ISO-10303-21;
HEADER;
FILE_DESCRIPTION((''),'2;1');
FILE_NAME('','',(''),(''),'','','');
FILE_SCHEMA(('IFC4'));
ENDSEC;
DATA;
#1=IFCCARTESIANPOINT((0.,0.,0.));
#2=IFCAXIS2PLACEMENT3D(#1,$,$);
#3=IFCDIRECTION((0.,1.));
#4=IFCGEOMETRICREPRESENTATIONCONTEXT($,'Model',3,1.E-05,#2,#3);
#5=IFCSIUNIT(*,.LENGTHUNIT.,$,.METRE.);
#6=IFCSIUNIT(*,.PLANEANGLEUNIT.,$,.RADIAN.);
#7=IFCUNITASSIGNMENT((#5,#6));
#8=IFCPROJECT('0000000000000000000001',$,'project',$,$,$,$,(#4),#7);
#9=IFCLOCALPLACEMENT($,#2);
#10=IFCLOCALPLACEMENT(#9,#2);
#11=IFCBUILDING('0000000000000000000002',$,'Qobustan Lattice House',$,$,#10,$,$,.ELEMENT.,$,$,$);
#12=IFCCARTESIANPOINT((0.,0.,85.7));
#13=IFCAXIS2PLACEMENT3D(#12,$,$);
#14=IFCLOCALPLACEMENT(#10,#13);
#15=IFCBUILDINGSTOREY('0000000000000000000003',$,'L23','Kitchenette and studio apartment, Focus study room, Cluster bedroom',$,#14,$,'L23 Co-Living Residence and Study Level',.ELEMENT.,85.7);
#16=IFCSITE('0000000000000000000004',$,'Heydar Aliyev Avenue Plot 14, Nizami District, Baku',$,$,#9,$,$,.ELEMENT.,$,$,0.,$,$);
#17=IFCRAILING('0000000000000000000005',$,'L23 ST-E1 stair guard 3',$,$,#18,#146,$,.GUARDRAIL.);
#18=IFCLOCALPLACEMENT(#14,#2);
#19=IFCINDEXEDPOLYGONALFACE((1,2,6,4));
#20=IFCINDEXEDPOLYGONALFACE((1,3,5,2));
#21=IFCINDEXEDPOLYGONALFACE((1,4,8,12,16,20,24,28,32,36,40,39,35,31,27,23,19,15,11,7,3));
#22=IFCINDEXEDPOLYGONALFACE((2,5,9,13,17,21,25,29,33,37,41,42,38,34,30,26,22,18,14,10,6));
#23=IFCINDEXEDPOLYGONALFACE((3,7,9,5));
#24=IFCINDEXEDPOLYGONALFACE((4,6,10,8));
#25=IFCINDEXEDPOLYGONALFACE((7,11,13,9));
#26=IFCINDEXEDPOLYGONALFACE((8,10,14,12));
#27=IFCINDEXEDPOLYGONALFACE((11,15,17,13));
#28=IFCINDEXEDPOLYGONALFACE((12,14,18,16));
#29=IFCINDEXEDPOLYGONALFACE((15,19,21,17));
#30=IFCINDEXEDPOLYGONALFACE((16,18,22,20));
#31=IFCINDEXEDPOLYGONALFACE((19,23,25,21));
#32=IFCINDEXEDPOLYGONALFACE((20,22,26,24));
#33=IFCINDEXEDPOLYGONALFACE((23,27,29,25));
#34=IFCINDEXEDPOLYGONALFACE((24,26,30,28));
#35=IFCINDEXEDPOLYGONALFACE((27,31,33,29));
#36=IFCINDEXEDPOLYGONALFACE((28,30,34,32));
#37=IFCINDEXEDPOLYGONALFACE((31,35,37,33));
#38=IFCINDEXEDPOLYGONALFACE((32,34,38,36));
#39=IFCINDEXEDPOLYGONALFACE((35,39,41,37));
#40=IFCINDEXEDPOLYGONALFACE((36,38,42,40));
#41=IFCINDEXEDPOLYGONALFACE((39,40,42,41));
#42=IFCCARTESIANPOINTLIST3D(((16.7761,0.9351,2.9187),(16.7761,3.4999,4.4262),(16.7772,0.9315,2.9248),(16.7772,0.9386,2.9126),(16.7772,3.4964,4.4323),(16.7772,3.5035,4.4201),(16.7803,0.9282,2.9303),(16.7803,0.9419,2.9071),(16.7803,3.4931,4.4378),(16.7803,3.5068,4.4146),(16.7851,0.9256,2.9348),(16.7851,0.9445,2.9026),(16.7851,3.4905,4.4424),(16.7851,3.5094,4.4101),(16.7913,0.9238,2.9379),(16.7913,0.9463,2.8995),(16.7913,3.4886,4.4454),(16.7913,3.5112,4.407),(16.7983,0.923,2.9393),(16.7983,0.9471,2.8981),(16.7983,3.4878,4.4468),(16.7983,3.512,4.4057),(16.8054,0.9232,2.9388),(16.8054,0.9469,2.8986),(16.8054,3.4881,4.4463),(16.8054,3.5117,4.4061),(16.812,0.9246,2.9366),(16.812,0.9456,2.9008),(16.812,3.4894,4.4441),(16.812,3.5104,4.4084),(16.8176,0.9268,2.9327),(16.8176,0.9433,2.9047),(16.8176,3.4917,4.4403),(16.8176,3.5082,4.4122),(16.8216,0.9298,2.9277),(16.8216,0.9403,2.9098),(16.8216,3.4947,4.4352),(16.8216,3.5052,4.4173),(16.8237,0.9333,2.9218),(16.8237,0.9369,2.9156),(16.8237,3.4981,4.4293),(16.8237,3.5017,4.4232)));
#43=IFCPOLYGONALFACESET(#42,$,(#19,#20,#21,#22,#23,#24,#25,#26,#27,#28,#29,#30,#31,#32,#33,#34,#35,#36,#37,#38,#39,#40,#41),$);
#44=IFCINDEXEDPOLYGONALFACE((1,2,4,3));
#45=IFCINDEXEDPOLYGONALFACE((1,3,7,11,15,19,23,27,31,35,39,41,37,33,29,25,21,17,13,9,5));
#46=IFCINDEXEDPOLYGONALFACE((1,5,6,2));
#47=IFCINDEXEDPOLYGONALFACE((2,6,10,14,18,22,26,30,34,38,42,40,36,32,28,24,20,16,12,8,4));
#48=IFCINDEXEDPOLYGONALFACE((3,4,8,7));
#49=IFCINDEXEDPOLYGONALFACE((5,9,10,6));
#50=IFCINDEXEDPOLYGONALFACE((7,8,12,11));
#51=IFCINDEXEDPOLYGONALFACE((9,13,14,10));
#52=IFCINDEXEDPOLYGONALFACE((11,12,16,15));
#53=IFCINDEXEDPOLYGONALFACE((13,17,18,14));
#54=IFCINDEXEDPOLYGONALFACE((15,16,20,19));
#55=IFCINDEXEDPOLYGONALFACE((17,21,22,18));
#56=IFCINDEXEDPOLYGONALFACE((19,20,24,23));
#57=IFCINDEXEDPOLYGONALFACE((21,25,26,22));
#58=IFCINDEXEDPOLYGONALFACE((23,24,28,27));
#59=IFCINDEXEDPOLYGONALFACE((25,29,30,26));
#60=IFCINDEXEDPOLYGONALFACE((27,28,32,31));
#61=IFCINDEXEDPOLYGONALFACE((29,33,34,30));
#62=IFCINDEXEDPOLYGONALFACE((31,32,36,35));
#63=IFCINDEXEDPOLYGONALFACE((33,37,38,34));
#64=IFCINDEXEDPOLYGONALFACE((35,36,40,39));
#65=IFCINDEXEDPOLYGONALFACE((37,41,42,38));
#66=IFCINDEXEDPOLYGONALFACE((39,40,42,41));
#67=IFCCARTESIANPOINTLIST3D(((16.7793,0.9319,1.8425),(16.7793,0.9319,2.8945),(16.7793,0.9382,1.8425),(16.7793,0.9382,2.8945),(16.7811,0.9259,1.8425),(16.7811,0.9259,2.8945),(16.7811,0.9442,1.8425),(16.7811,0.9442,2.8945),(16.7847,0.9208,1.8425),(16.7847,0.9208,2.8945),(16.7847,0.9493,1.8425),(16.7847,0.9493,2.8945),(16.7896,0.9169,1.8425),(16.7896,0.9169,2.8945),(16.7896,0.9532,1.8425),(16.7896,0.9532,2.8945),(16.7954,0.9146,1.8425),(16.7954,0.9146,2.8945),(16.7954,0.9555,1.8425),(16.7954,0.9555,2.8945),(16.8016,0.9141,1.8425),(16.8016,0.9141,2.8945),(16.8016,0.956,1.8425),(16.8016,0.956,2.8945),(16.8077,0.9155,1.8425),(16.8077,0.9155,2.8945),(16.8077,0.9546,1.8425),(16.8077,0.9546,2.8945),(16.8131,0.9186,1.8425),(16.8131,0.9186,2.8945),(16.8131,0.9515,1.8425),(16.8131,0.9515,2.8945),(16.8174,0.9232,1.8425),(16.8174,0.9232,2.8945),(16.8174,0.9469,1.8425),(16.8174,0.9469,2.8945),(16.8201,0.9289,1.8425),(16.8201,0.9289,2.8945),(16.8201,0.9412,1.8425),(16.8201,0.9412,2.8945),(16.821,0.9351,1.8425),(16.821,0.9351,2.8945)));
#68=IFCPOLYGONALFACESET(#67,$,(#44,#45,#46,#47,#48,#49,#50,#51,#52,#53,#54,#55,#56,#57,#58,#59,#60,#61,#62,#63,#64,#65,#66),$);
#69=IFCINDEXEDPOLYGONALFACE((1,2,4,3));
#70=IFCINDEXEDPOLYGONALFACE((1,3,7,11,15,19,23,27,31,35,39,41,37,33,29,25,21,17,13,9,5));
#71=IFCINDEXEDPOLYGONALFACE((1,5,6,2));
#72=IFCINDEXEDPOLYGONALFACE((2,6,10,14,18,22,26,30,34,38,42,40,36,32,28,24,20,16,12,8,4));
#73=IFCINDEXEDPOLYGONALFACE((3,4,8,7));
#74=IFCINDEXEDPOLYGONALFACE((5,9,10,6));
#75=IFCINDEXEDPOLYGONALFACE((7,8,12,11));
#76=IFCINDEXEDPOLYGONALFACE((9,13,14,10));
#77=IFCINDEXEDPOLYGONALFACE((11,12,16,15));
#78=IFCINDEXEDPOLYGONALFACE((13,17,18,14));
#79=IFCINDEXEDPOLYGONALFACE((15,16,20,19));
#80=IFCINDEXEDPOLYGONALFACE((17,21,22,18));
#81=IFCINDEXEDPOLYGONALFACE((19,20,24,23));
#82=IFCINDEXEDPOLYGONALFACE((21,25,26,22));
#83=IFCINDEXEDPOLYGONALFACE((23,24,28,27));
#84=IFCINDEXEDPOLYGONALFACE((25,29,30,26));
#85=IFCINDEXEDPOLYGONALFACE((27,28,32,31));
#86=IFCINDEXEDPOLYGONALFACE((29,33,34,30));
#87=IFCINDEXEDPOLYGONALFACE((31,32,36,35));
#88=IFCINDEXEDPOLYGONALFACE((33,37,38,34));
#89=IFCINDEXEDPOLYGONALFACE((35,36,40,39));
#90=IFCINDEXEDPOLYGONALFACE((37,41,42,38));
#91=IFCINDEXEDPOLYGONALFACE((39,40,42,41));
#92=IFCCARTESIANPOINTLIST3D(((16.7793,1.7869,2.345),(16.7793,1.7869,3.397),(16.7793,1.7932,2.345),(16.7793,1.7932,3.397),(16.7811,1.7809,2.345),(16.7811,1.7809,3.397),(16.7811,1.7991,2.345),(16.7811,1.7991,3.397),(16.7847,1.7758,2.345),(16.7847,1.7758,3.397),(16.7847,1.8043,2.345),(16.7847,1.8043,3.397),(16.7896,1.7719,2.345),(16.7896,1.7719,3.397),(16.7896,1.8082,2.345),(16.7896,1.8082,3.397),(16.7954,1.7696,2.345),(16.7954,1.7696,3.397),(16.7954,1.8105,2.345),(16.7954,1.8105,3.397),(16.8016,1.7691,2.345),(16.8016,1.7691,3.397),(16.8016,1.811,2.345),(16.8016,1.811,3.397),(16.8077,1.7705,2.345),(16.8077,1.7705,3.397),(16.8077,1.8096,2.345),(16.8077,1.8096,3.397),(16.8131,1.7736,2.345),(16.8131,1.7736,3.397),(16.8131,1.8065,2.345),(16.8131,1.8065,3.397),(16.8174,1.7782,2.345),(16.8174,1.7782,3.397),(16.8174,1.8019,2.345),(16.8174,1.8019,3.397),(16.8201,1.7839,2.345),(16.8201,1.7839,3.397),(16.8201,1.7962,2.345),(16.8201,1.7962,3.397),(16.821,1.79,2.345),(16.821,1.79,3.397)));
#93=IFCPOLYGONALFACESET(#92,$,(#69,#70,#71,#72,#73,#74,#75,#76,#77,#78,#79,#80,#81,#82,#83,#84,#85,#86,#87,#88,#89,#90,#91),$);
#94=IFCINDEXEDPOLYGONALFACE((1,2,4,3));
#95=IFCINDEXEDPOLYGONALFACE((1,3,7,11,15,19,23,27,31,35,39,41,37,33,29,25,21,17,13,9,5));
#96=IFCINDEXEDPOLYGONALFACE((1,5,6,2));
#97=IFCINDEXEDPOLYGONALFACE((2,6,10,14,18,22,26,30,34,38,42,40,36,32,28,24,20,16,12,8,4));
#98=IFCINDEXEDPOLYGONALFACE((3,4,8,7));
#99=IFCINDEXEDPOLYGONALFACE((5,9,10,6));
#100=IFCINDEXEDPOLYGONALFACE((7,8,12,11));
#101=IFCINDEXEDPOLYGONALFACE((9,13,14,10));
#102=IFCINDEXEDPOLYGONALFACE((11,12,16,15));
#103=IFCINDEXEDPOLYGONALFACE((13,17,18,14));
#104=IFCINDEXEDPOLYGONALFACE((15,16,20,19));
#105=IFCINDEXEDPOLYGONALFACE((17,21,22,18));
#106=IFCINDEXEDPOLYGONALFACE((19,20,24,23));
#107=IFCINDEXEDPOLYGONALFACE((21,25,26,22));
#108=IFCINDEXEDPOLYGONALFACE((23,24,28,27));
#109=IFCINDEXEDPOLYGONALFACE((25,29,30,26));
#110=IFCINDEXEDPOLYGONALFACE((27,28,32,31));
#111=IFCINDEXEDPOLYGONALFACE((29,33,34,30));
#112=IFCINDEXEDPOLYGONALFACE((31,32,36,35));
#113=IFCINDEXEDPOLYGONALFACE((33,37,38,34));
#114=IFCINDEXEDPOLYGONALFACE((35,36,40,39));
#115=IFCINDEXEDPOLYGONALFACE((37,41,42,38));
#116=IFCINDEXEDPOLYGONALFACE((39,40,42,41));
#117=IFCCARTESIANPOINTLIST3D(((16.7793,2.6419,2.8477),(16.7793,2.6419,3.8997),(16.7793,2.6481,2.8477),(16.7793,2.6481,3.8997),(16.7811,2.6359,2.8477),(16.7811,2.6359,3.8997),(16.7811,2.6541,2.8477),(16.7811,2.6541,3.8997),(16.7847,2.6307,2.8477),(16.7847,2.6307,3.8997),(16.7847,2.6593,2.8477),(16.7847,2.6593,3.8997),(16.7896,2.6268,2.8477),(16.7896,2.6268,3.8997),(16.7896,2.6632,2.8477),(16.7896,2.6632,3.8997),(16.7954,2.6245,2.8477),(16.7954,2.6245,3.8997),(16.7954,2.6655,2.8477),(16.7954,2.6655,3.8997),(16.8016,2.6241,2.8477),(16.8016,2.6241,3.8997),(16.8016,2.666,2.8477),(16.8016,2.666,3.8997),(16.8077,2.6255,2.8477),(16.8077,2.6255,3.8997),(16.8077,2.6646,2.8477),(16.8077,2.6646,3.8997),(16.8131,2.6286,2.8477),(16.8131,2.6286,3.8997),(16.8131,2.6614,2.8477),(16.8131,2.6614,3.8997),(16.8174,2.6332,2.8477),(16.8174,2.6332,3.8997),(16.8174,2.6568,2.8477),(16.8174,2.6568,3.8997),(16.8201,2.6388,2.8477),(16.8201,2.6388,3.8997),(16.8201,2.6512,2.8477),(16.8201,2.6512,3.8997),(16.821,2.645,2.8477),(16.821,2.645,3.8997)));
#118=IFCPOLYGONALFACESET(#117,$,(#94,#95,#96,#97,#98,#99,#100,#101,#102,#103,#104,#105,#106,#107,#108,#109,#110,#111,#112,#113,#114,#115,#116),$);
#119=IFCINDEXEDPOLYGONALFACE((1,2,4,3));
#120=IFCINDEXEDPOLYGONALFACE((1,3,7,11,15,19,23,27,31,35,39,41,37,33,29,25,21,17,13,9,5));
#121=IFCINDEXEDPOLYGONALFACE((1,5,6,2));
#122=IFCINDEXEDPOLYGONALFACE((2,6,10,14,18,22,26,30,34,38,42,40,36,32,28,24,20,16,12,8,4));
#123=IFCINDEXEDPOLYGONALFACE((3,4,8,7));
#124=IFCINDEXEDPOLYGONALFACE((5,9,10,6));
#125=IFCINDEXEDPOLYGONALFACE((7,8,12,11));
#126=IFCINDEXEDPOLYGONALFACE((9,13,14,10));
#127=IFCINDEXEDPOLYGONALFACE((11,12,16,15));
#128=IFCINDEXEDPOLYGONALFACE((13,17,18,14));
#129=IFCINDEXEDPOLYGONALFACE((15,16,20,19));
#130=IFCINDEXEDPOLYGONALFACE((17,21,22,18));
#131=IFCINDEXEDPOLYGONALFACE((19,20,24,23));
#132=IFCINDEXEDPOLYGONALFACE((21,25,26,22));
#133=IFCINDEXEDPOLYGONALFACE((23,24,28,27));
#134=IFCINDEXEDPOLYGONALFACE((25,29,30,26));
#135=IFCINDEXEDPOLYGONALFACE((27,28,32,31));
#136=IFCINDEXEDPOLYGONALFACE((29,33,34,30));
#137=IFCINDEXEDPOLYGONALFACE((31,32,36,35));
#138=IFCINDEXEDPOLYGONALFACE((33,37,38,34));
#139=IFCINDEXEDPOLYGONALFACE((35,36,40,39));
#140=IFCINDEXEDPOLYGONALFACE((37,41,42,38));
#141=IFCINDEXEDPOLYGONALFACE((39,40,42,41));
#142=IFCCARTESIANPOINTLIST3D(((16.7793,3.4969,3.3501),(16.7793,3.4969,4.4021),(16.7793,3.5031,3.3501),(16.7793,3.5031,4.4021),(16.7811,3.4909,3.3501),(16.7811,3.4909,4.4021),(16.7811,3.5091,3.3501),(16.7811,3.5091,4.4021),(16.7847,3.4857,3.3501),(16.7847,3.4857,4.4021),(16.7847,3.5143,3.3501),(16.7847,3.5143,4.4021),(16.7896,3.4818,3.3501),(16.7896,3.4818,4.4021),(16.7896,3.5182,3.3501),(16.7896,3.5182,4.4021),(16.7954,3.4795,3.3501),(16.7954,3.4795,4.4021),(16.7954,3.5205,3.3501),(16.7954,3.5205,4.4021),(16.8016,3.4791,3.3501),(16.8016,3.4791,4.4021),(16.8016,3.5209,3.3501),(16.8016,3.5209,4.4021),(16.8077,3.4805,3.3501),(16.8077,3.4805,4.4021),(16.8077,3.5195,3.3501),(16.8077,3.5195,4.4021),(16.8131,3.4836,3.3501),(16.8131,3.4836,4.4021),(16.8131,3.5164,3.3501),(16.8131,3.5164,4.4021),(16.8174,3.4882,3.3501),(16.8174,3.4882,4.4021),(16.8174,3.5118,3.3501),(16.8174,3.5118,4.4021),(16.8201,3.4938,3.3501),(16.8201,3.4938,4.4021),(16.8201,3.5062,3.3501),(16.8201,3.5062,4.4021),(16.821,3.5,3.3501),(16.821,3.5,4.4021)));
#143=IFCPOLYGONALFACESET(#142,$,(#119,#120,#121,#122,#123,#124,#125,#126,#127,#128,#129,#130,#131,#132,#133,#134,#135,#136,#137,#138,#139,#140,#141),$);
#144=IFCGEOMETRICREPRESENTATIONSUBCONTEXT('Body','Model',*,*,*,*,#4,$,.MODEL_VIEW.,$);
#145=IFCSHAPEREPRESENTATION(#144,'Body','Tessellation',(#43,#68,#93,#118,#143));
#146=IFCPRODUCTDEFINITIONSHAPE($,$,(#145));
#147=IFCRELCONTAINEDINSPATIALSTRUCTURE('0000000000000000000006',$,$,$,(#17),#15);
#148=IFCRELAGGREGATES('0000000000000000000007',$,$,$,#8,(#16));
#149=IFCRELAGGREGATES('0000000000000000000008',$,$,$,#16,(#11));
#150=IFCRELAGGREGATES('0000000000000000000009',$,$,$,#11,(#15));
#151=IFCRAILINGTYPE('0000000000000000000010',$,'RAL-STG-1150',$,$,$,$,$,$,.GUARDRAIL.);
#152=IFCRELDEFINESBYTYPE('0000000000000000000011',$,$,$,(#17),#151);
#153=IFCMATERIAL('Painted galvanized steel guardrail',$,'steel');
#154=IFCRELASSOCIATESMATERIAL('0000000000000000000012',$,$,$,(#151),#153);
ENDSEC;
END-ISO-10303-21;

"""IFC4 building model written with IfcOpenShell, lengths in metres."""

from ifc_helpers import new_model, si_unit, direction, frame, origin, origin_2d, place, context, subcontext, project, spatial, circle, extrude, material, type_object, element, save


model = new_model("IFC4")

# Units and contexts
model_context = context("Model", 3, precision=1e-05, world=origin(), true_north=direction((0.0, 1.0)))
body_context = subcontext(model_context, "Body", "Model", "MODEL_VIEW")
ifc_project = project(units=[si_unit("LENGTHUNIT", "METRE"), si_unit("PLANEANGLEUNIT", "RADIAN")], contexts=[model_context])

# Site, building, storey
site_placement = place(None, origin())
site = spatial("IfcSite", under=ifc_project, at=site_placement, Name="Heydar Aliyev Avenue Plot 14, Nizami District, Baku", CompositionType="ELEMENT", RefElevation=0.0)
building_placement = place(site_placement, origin())
building = spatial("IfcBuilding", under=site, at=building_placement, Name="Qobustan Lattice House", CompositionType="ELEMENT")
storey_placement = place(building_placement, frame((0.0, 0.0, 85.7)))
storey = spatial("IfcBuildingStorey", under=building, at=storey_placement, Name="L23", Description="Kitchenette and studio apartment, Focus study room, Cluster bedroom", LongName="L23 Co-Living Residence and Study Level", CompositionType="ELEMENT", Elevation=85.7)

# Railing
ifc_material_1 = material(Name="Painted galvanized steel guardrail", Category="steel")
railing_type = type_object("IfcRailingType", Name="RAL-STG-1150", PredefinedType="GUARDRAIL", material=ifc_material_1)
railing_1_placement = place(storey_placement, frame((16.8, 0.9351, 1.8425)))
element("IfcRailing", 1, at=railing_1_placement, inside=storey, type_object=railing_type, Name="L23 ST-E1 stair guard 3", PredefinedType="GUARDRAIL", context=body_context, shape_type="SweptSolid", body=[
    extrude(circle(Radius=0.0239, at=origin_2d()), frame((0.0, 0.0, 1.0762), z_axis=(0.0, 0.862113, 0.506715), x_axis=(-1.0, 0.0, 0.0)), (0.0, 0.0, 1.0), 2.9751),
    extrude(circle(Radius=0.021, at=origin_2d()), origin(), (0.0, 0.0, 1.0), 1.052),
    extrude(circle(Radius=0.021, at=origin_2d()), frame((0.0, 0.855, 0.5024)), (0.0, 0.0, 1.0), 1.052),
    extrude(circle(Radius=0.021, at=origin_2d()), frame((0.0, 1.71, 1.0051)), (0.0, 0.0, 1.0), 1.052),
    extrude(circle(Radius=0.021, at=origin_2d()), frame((0.0, 2.5649, 1.5076)), (0.0, 0.0, 1.0), 1.052),
])

save(model, "model.ifc")
